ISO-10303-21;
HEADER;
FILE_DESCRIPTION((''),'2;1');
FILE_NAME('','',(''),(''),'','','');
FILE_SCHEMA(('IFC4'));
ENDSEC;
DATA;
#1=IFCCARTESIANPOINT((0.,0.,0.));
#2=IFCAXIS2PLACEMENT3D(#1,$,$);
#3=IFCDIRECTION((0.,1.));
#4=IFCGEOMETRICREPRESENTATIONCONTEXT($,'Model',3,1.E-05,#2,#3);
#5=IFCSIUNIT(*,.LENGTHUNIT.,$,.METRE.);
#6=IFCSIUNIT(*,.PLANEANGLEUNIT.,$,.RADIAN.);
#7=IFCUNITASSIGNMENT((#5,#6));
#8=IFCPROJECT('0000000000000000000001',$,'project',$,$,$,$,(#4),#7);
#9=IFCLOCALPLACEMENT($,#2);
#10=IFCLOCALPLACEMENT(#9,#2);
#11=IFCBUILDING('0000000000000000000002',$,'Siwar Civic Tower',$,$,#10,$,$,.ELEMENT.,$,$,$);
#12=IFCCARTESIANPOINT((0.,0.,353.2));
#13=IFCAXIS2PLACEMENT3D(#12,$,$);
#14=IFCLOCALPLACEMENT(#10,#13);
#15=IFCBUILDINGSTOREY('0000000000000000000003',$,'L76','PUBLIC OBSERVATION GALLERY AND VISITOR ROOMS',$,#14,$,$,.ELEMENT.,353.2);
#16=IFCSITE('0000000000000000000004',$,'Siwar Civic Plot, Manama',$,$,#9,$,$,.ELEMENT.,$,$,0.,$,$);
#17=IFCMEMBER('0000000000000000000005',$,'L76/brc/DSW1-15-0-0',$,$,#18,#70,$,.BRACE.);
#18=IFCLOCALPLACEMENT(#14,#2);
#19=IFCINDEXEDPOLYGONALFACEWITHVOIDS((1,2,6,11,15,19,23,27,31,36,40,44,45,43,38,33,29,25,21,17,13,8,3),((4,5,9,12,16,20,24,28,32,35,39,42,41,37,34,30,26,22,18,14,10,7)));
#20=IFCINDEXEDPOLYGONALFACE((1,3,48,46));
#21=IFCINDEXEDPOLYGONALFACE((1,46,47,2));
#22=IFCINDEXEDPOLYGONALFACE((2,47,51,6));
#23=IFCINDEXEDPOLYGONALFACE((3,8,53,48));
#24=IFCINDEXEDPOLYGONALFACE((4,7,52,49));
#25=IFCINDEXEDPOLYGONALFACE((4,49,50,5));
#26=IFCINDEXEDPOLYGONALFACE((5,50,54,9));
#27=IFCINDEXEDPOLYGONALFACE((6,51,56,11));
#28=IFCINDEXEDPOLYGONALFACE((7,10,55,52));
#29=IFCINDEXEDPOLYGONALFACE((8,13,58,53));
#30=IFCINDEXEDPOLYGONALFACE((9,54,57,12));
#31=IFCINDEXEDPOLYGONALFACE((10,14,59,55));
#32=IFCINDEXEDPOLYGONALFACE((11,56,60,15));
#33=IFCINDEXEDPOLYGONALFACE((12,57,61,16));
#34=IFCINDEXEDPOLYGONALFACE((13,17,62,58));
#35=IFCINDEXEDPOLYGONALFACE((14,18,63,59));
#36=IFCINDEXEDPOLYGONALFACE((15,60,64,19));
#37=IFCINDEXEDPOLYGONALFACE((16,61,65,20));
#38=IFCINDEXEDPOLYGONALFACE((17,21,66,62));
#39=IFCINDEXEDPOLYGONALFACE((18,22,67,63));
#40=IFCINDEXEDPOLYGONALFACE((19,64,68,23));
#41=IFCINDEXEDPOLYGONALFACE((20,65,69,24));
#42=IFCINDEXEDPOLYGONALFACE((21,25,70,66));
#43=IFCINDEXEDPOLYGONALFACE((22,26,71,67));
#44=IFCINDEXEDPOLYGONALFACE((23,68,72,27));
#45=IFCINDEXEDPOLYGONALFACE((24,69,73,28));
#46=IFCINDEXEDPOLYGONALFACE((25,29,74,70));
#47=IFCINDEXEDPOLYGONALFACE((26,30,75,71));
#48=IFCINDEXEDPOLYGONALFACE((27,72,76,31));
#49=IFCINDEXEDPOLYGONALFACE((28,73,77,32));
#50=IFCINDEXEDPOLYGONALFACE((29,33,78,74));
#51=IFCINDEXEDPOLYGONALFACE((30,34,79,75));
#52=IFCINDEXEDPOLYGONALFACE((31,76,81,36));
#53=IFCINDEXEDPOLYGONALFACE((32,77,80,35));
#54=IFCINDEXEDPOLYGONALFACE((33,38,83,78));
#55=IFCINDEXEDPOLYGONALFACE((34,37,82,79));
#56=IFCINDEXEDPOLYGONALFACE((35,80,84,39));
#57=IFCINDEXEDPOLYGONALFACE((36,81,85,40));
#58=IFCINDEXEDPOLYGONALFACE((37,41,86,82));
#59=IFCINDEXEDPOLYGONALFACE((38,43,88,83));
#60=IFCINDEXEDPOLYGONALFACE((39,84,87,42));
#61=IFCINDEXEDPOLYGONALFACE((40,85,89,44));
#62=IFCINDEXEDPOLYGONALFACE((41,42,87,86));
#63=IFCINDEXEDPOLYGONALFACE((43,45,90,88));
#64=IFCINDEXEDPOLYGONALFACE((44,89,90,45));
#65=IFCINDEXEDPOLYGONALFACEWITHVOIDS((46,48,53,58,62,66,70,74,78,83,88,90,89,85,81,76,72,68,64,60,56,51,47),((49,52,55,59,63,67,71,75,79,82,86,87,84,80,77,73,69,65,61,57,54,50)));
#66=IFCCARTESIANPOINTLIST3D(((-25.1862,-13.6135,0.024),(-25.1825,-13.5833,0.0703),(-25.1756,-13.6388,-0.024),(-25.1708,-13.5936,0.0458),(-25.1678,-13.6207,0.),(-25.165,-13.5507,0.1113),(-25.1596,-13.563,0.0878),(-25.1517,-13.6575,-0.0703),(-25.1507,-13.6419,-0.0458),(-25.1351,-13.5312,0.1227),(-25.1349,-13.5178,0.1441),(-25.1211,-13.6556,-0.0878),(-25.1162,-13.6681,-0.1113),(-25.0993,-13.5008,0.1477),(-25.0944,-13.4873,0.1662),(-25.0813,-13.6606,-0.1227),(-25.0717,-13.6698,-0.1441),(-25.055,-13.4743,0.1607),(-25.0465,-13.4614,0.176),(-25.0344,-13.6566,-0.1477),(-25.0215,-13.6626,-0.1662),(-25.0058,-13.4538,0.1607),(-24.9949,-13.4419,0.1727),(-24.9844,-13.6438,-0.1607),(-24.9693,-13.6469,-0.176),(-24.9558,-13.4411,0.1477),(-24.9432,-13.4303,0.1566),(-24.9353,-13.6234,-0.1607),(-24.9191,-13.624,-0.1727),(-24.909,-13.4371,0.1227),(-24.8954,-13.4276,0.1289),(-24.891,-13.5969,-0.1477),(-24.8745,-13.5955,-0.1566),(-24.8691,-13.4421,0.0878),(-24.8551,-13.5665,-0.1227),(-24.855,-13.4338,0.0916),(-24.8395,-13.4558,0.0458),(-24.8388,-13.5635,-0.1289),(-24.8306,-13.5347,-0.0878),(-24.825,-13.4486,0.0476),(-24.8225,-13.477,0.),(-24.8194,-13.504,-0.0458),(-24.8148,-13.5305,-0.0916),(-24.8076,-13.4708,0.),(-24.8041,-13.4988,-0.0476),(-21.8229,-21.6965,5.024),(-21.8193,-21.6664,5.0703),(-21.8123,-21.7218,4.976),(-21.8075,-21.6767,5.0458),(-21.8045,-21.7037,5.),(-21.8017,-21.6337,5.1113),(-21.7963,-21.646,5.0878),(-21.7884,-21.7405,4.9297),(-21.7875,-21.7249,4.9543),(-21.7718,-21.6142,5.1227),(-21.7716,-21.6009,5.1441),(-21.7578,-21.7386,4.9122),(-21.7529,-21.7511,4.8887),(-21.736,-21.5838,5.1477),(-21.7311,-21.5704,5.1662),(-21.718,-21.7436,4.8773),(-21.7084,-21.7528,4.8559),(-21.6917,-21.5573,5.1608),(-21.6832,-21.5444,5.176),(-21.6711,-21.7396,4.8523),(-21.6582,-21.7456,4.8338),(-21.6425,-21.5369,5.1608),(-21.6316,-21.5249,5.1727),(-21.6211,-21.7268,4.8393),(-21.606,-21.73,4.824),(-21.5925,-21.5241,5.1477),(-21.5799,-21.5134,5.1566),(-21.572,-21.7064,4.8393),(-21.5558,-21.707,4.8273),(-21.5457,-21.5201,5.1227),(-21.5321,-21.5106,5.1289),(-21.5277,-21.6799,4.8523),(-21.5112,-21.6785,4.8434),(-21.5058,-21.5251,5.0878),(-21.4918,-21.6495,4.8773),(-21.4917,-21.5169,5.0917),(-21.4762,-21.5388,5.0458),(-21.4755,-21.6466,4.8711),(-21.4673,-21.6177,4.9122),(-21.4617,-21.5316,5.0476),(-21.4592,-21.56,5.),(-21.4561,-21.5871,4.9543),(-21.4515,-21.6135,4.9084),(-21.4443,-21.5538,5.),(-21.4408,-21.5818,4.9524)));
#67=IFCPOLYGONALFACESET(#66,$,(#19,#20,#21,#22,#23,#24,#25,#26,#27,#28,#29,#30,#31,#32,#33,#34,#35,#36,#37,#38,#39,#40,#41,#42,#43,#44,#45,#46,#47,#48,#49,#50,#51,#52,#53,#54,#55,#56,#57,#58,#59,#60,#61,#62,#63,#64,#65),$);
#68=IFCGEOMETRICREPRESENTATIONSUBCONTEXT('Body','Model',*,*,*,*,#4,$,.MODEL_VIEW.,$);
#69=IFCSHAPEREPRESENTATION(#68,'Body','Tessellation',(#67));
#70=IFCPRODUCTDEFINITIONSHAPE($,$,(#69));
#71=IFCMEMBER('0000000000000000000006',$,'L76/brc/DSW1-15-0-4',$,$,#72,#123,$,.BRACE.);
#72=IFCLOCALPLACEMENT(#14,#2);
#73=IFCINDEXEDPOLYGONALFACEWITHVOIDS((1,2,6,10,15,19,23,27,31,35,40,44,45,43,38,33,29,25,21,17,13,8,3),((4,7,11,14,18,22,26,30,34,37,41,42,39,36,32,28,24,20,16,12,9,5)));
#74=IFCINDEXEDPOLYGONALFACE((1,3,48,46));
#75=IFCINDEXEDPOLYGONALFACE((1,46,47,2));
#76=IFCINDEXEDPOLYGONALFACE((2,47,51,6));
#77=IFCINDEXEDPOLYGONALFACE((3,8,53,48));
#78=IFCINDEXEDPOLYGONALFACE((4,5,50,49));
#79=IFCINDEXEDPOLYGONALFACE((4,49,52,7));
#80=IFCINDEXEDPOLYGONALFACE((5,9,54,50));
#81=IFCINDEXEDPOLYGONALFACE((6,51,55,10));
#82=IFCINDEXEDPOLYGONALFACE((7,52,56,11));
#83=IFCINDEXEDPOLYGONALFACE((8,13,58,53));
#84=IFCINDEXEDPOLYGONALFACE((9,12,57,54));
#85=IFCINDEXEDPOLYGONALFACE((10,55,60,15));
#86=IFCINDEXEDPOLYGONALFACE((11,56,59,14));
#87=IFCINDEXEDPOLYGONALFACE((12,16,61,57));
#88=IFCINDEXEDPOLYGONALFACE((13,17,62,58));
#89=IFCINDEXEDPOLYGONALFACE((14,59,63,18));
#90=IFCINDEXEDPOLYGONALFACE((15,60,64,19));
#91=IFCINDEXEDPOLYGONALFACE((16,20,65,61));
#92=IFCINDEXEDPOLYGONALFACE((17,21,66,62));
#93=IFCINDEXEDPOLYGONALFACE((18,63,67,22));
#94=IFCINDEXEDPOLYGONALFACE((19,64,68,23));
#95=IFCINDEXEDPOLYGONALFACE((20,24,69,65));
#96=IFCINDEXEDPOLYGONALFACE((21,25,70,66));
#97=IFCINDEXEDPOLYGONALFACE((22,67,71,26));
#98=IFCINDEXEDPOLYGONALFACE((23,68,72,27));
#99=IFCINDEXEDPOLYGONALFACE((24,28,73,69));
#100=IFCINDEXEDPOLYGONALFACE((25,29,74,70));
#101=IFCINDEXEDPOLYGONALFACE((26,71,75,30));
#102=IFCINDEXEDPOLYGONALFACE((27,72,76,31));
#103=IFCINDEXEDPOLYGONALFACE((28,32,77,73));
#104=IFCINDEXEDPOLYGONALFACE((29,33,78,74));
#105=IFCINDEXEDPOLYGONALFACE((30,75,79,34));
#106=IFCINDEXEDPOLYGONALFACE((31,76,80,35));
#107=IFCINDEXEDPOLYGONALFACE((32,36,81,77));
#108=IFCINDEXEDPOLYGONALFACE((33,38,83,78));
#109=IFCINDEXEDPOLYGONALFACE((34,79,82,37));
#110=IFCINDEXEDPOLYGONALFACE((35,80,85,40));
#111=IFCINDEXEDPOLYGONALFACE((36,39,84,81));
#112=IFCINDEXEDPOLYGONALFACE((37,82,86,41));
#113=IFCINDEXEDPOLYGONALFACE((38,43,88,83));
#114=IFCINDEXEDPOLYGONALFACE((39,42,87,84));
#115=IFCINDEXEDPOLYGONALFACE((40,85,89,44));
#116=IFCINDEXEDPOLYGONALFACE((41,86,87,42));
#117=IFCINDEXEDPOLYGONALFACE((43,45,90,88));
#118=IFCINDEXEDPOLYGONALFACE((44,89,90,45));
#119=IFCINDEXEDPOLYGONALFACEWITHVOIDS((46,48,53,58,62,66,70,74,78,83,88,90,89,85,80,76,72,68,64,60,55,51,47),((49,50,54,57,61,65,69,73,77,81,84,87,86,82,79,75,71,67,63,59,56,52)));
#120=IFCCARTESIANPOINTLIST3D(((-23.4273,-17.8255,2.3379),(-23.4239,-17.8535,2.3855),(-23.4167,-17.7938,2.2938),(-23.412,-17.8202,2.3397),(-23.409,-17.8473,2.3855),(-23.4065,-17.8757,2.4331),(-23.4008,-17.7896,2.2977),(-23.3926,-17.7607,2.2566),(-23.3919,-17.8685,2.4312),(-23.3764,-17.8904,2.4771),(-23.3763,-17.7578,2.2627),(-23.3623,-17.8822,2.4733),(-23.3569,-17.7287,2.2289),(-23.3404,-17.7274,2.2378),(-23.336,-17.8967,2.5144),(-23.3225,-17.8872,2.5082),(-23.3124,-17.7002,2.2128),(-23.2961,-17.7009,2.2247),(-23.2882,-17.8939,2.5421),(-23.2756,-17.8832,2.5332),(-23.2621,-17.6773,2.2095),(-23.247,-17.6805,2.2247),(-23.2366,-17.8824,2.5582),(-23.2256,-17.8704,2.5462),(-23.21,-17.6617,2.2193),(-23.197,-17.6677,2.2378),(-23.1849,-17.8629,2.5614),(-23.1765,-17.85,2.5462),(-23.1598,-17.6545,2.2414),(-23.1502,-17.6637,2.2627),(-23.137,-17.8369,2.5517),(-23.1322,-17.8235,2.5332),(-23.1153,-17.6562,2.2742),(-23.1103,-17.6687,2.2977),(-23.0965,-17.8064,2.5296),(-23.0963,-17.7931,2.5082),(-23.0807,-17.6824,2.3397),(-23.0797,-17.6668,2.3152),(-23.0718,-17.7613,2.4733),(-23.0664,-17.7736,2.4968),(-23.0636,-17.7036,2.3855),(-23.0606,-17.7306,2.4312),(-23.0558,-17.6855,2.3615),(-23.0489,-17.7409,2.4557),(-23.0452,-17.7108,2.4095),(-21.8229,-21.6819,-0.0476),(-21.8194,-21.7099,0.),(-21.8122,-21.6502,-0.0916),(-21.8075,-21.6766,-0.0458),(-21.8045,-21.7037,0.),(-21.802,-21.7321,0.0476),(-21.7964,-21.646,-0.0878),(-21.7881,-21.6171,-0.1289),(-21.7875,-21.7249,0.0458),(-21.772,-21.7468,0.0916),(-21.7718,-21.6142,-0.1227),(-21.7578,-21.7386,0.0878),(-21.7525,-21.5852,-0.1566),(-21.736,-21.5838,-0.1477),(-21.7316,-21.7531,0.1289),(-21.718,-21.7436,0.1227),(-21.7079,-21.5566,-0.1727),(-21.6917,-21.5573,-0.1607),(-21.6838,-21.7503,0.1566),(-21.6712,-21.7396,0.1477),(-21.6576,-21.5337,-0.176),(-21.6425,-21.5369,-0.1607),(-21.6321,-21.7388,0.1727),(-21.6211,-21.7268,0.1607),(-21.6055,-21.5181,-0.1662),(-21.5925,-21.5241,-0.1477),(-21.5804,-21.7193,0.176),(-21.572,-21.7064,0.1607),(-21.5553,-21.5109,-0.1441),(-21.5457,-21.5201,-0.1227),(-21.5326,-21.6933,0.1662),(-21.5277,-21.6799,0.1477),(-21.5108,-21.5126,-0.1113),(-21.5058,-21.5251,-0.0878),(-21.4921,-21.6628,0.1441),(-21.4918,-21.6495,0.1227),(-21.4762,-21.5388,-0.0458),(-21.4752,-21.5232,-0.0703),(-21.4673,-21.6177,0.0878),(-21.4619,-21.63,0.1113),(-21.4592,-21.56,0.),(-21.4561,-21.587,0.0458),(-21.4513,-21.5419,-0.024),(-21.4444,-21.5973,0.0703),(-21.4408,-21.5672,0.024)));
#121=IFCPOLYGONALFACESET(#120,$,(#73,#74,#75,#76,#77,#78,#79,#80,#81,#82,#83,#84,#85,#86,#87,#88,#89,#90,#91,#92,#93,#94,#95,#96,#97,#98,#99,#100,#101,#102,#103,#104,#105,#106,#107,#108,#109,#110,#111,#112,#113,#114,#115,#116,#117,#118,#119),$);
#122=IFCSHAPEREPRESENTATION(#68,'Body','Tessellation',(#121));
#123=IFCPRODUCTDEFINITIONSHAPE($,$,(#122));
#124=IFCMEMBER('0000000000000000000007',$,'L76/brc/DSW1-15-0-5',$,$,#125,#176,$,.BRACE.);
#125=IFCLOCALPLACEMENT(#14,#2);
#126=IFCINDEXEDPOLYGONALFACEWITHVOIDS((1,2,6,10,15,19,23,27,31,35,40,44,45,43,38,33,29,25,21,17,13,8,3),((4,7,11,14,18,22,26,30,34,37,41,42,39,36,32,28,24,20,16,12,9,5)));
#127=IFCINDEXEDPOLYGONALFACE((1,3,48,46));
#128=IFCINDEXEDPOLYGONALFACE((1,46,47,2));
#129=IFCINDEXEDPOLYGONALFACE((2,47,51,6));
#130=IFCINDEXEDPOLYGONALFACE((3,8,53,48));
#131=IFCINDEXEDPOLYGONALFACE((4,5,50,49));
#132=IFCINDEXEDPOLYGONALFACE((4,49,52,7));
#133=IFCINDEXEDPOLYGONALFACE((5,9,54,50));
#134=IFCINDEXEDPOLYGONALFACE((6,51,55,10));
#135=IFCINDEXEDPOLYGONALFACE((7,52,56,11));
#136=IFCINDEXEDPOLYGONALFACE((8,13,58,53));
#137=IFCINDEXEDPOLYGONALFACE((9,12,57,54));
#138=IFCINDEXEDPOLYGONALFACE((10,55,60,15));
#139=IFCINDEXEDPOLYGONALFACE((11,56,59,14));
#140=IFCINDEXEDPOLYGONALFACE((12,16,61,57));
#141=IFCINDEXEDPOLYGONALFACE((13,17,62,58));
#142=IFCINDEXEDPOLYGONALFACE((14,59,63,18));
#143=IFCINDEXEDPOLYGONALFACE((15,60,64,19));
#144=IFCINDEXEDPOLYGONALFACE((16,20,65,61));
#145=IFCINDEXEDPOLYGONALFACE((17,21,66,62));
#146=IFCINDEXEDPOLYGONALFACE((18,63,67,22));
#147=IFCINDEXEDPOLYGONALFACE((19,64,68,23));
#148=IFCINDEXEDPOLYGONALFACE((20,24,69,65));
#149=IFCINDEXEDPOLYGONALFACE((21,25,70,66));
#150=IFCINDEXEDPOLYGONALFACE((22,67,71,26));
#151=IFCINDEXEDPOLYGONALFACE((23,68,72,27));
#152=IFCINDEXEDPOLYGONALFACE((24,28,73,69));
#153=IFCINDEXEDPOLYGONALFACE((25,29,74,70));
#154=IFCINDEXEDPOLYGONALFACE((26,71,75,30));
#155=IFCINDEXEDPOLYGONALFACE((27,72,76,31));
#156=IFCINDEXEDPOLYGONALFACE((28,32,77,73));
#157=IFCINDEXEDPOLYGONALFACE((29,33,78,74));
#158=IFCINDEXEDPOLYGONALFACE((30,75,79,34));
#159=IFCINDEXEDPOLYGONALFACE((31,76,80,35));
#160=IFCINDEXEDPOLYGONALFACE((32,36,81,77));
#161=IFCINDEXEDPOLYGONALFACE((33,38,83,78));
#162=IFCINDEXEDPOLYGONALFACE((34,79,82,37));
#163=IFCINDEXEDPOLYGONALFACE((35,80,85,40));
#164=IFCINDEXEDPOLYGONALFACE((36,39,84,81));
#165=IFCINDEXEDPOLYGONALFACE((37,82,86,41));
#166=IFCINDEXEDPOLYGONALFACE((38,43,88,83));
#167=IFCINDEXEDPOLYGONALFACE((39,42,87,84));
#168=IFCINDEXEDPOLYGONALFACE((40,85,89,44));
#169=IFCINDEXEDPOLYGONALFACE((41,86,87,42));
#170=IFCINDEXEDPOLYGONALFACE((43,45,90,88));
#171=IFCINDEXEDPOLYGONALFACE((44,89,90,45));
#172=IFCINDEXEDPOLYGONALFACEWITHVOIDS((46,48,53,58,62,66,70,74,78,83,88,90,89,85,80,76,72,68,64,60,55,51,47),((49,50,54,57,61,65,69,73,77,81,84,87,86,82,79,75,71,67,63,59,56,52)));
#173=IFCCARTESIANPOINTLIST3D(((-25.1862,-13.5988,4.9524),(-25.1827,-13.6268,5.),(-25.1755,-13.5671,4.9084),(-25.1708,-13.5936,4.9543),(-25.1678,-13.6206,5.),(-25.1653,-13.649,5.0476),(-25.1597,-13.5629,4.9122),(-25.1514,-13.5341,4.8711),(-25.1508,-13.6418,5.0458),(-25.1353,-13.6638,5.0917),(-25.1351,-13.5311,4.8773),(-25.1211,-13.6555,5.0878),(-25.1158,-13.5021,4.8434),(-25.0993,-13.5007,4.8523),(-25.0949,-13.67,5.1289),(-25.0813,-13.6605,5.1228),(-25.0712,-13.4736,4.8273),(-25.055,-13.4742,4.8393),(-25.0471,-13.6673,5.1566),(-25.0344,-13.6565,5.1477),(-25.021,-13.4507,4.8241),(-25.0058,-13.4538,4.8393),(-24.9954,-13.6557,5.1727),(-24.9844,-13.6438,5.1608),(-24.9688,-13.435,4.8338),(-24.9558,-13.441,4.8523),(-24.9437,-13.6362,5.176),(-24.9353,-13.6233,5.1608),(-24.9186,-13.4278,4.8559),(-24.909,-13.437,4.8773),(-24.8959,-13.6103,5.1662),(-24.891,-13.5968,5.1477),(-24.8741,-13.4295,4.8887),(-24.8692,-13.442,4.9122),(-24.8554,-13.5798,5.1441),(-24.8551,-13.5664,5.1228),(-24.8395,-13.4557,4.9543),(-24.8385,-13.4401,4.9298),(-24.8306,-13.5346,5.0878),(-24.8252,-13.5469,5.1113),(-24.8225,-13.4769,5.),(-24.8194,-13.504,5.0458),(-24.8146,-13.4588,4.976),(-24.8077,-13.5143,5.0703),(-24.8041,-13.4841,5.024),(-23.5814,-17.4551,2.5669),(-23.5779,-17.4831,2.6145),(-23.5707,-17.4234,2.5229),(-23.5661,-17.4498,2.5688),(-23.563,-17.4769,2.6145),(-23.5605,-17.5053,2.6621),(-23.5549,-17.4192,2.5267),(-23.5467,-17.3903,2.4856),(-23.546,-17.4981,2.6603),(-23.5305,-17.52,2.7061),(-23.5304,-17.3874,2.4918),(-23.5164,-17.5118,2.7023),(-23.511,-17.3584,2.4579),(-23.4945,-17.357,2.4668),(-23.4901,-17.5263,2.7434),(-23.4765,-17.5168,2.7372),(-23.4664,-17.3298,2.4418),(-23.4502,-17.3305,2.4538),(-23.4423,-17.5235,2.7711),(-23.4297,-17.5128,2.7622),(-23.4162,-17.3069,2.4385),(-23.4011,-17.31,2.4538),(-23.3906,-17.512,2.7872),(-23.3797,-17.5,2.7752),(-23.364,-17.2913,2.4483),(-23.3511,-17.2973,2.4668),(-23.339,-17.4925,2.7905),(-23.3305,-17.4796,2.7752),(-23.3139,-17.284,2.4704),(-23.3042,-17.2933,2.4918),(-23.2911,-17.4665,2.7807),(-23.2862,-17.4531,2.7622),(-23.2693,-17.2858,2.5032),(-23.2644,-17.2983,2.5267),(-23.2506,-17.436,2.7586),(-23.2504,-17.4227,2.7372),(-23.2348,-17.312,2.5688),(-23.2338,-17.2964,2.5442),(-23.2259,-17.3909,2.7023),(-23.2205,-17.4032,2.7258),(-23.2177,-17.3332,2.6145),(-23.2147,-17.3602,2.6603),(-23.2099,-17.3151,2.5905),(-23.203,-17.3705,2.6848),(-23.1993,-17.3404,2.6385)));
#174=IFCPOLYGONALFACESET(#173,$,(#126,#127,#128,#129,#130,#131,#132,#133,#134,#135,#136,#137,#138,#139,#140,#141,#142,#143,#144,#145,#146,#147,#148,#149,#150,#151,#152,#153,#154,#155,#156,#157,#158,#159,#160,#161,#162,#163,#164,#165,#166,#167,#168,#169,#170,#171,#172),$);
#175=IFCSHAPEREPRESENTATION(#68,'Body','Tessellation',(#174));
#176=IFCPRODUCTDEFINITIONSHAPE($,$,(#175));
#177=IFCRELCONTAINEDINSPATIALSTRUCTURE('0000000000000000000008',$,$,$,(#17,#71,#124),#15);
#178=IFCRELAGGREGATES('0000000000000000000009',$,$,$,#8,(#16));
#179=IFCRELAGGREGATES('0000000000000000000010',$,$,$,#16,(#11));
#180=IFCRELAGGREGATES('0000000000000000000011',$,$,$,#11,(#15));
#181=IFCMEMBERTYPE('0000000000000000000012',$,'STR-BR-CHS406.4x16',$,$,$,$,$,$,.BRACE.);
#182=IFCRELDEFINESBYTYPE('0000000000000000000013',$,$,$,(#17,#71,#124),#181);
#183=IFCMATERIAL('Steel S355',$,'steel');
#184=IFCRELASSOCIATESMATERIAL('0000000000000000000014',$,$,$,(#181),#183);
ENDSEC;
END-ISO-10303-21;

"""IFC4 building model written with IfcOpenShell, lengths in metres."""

from ifc_helpers import new_model, si_unit, direction, frame, origin, origin_2d, place, context, subcontext, project, spatial, hollow_circle, extrude, material, material_profile, profile_set, type_object, element, save


model = new_model("IFC4")

# Units and contexts
model_context = context("Model", 3, precision=1e-05, world=origin(), true_north=direction((0.0, 1.0)))
body_context = subcontext(model_context, "Body", "Model", "MODEL_VIEW")
ifc_project = project(units=[si_unit("LENGTHUNIT", "METRE"), si_unit("PLANEANGLEUNIT", "RADIAN")], contexts=[model_context])

# Site, building, storey
site_placement = place(None, origin())
site = spatial("IfcSite", under=ifc_project, at=site_placement, Name="Siwar Civic Plot, Manama", CompositionType="ELEMENT", RefElevation=0.0)
building_placement = place(site_placement, origin())
building = spatial("IfcBuilding", under=site, at=building_placement, Name="Siwar Civic Tower", CompositionType="ELEMENT")
storey_placement = place(building_placement, frame((0.0, 0.0, 353.2)))
storey = spatial("IfcBuildingStorey", under=building, at=storey_placement, Name="L76", Description="PUBLIC OBSERVATION GALLERY AND VISITOR ROOMS", CompositionType="ELEMENT", Elevation=353.2)

# Members
ifc_material_1 = material(Name="Steel S355", Category="steel")
ifc_material_profile_1 = material_profile(ifc_material_1, hollow_circle(Radius=0.2031, WallThickness=0.0161, at=origin_2d()), Name="CHS406.4x16")
ifc_profile_set_1 = profile_set([ifc_material_profile_1], Name="Steel S355")
member_type_1 = type_object("IfcMemberType", Name="STR-BR-CHS406.4x16", PredefinedType="BRACE", material=ifc_profile_set_1)
member_1_placement = place(storey_placement, frame((-24.9951, -13.5488, 0.0), z_axis=(0.333593, -0.801727, 0.495933), x_axis=(0.923265, 0.384164, 0.0)))
element("IfcMember", 1, at=member_1_placement, inside=storey, type_object=member_type_1, Name="L76/brc/DSW1-15-0-0", PredefinedType="BRACE", context=body_context, shape_type="SweptSolid", body=[
    extrude(hollow_circle(Radius=0.2031, WallThickness=0.0161, at=origin_2d()), origin(), (0.0, 0.0, 1.0), 10.082),
])
for number, where, z_axis, x_axis, name in (
    (2, (-21.6318, -21.6318, 0.0), (-0.333567, 0.801737, 0.495934), (-0.923277, -0.384134, 0.0), "L76/brc/DSW1-15-0-4"),
    (3, (-23.3904, -17.405, 2.6145), (-0.333625, 0.801706, 0.495946), (-0.923248, -0.384204, 0.0), "L76/brc/DSW1-15-0-5"),
):
    element("IfcMember", number, at=place(storey_placement, frame(where, z_axis=z_axis, x_axis=x_axis)), inside=storey, type_object=member_type_1, Name=name, PredefinedType="BRACE", context=body_context, shape_type="SweptSolid", body=[
        extrude(hollow_circle(Radius=0.2031, WallThickness=0.0161, at=origin_2d()), origin(), (0.0, 0.0, 1.0), 4.8101),
    ])

save(model, "model.ifc")
